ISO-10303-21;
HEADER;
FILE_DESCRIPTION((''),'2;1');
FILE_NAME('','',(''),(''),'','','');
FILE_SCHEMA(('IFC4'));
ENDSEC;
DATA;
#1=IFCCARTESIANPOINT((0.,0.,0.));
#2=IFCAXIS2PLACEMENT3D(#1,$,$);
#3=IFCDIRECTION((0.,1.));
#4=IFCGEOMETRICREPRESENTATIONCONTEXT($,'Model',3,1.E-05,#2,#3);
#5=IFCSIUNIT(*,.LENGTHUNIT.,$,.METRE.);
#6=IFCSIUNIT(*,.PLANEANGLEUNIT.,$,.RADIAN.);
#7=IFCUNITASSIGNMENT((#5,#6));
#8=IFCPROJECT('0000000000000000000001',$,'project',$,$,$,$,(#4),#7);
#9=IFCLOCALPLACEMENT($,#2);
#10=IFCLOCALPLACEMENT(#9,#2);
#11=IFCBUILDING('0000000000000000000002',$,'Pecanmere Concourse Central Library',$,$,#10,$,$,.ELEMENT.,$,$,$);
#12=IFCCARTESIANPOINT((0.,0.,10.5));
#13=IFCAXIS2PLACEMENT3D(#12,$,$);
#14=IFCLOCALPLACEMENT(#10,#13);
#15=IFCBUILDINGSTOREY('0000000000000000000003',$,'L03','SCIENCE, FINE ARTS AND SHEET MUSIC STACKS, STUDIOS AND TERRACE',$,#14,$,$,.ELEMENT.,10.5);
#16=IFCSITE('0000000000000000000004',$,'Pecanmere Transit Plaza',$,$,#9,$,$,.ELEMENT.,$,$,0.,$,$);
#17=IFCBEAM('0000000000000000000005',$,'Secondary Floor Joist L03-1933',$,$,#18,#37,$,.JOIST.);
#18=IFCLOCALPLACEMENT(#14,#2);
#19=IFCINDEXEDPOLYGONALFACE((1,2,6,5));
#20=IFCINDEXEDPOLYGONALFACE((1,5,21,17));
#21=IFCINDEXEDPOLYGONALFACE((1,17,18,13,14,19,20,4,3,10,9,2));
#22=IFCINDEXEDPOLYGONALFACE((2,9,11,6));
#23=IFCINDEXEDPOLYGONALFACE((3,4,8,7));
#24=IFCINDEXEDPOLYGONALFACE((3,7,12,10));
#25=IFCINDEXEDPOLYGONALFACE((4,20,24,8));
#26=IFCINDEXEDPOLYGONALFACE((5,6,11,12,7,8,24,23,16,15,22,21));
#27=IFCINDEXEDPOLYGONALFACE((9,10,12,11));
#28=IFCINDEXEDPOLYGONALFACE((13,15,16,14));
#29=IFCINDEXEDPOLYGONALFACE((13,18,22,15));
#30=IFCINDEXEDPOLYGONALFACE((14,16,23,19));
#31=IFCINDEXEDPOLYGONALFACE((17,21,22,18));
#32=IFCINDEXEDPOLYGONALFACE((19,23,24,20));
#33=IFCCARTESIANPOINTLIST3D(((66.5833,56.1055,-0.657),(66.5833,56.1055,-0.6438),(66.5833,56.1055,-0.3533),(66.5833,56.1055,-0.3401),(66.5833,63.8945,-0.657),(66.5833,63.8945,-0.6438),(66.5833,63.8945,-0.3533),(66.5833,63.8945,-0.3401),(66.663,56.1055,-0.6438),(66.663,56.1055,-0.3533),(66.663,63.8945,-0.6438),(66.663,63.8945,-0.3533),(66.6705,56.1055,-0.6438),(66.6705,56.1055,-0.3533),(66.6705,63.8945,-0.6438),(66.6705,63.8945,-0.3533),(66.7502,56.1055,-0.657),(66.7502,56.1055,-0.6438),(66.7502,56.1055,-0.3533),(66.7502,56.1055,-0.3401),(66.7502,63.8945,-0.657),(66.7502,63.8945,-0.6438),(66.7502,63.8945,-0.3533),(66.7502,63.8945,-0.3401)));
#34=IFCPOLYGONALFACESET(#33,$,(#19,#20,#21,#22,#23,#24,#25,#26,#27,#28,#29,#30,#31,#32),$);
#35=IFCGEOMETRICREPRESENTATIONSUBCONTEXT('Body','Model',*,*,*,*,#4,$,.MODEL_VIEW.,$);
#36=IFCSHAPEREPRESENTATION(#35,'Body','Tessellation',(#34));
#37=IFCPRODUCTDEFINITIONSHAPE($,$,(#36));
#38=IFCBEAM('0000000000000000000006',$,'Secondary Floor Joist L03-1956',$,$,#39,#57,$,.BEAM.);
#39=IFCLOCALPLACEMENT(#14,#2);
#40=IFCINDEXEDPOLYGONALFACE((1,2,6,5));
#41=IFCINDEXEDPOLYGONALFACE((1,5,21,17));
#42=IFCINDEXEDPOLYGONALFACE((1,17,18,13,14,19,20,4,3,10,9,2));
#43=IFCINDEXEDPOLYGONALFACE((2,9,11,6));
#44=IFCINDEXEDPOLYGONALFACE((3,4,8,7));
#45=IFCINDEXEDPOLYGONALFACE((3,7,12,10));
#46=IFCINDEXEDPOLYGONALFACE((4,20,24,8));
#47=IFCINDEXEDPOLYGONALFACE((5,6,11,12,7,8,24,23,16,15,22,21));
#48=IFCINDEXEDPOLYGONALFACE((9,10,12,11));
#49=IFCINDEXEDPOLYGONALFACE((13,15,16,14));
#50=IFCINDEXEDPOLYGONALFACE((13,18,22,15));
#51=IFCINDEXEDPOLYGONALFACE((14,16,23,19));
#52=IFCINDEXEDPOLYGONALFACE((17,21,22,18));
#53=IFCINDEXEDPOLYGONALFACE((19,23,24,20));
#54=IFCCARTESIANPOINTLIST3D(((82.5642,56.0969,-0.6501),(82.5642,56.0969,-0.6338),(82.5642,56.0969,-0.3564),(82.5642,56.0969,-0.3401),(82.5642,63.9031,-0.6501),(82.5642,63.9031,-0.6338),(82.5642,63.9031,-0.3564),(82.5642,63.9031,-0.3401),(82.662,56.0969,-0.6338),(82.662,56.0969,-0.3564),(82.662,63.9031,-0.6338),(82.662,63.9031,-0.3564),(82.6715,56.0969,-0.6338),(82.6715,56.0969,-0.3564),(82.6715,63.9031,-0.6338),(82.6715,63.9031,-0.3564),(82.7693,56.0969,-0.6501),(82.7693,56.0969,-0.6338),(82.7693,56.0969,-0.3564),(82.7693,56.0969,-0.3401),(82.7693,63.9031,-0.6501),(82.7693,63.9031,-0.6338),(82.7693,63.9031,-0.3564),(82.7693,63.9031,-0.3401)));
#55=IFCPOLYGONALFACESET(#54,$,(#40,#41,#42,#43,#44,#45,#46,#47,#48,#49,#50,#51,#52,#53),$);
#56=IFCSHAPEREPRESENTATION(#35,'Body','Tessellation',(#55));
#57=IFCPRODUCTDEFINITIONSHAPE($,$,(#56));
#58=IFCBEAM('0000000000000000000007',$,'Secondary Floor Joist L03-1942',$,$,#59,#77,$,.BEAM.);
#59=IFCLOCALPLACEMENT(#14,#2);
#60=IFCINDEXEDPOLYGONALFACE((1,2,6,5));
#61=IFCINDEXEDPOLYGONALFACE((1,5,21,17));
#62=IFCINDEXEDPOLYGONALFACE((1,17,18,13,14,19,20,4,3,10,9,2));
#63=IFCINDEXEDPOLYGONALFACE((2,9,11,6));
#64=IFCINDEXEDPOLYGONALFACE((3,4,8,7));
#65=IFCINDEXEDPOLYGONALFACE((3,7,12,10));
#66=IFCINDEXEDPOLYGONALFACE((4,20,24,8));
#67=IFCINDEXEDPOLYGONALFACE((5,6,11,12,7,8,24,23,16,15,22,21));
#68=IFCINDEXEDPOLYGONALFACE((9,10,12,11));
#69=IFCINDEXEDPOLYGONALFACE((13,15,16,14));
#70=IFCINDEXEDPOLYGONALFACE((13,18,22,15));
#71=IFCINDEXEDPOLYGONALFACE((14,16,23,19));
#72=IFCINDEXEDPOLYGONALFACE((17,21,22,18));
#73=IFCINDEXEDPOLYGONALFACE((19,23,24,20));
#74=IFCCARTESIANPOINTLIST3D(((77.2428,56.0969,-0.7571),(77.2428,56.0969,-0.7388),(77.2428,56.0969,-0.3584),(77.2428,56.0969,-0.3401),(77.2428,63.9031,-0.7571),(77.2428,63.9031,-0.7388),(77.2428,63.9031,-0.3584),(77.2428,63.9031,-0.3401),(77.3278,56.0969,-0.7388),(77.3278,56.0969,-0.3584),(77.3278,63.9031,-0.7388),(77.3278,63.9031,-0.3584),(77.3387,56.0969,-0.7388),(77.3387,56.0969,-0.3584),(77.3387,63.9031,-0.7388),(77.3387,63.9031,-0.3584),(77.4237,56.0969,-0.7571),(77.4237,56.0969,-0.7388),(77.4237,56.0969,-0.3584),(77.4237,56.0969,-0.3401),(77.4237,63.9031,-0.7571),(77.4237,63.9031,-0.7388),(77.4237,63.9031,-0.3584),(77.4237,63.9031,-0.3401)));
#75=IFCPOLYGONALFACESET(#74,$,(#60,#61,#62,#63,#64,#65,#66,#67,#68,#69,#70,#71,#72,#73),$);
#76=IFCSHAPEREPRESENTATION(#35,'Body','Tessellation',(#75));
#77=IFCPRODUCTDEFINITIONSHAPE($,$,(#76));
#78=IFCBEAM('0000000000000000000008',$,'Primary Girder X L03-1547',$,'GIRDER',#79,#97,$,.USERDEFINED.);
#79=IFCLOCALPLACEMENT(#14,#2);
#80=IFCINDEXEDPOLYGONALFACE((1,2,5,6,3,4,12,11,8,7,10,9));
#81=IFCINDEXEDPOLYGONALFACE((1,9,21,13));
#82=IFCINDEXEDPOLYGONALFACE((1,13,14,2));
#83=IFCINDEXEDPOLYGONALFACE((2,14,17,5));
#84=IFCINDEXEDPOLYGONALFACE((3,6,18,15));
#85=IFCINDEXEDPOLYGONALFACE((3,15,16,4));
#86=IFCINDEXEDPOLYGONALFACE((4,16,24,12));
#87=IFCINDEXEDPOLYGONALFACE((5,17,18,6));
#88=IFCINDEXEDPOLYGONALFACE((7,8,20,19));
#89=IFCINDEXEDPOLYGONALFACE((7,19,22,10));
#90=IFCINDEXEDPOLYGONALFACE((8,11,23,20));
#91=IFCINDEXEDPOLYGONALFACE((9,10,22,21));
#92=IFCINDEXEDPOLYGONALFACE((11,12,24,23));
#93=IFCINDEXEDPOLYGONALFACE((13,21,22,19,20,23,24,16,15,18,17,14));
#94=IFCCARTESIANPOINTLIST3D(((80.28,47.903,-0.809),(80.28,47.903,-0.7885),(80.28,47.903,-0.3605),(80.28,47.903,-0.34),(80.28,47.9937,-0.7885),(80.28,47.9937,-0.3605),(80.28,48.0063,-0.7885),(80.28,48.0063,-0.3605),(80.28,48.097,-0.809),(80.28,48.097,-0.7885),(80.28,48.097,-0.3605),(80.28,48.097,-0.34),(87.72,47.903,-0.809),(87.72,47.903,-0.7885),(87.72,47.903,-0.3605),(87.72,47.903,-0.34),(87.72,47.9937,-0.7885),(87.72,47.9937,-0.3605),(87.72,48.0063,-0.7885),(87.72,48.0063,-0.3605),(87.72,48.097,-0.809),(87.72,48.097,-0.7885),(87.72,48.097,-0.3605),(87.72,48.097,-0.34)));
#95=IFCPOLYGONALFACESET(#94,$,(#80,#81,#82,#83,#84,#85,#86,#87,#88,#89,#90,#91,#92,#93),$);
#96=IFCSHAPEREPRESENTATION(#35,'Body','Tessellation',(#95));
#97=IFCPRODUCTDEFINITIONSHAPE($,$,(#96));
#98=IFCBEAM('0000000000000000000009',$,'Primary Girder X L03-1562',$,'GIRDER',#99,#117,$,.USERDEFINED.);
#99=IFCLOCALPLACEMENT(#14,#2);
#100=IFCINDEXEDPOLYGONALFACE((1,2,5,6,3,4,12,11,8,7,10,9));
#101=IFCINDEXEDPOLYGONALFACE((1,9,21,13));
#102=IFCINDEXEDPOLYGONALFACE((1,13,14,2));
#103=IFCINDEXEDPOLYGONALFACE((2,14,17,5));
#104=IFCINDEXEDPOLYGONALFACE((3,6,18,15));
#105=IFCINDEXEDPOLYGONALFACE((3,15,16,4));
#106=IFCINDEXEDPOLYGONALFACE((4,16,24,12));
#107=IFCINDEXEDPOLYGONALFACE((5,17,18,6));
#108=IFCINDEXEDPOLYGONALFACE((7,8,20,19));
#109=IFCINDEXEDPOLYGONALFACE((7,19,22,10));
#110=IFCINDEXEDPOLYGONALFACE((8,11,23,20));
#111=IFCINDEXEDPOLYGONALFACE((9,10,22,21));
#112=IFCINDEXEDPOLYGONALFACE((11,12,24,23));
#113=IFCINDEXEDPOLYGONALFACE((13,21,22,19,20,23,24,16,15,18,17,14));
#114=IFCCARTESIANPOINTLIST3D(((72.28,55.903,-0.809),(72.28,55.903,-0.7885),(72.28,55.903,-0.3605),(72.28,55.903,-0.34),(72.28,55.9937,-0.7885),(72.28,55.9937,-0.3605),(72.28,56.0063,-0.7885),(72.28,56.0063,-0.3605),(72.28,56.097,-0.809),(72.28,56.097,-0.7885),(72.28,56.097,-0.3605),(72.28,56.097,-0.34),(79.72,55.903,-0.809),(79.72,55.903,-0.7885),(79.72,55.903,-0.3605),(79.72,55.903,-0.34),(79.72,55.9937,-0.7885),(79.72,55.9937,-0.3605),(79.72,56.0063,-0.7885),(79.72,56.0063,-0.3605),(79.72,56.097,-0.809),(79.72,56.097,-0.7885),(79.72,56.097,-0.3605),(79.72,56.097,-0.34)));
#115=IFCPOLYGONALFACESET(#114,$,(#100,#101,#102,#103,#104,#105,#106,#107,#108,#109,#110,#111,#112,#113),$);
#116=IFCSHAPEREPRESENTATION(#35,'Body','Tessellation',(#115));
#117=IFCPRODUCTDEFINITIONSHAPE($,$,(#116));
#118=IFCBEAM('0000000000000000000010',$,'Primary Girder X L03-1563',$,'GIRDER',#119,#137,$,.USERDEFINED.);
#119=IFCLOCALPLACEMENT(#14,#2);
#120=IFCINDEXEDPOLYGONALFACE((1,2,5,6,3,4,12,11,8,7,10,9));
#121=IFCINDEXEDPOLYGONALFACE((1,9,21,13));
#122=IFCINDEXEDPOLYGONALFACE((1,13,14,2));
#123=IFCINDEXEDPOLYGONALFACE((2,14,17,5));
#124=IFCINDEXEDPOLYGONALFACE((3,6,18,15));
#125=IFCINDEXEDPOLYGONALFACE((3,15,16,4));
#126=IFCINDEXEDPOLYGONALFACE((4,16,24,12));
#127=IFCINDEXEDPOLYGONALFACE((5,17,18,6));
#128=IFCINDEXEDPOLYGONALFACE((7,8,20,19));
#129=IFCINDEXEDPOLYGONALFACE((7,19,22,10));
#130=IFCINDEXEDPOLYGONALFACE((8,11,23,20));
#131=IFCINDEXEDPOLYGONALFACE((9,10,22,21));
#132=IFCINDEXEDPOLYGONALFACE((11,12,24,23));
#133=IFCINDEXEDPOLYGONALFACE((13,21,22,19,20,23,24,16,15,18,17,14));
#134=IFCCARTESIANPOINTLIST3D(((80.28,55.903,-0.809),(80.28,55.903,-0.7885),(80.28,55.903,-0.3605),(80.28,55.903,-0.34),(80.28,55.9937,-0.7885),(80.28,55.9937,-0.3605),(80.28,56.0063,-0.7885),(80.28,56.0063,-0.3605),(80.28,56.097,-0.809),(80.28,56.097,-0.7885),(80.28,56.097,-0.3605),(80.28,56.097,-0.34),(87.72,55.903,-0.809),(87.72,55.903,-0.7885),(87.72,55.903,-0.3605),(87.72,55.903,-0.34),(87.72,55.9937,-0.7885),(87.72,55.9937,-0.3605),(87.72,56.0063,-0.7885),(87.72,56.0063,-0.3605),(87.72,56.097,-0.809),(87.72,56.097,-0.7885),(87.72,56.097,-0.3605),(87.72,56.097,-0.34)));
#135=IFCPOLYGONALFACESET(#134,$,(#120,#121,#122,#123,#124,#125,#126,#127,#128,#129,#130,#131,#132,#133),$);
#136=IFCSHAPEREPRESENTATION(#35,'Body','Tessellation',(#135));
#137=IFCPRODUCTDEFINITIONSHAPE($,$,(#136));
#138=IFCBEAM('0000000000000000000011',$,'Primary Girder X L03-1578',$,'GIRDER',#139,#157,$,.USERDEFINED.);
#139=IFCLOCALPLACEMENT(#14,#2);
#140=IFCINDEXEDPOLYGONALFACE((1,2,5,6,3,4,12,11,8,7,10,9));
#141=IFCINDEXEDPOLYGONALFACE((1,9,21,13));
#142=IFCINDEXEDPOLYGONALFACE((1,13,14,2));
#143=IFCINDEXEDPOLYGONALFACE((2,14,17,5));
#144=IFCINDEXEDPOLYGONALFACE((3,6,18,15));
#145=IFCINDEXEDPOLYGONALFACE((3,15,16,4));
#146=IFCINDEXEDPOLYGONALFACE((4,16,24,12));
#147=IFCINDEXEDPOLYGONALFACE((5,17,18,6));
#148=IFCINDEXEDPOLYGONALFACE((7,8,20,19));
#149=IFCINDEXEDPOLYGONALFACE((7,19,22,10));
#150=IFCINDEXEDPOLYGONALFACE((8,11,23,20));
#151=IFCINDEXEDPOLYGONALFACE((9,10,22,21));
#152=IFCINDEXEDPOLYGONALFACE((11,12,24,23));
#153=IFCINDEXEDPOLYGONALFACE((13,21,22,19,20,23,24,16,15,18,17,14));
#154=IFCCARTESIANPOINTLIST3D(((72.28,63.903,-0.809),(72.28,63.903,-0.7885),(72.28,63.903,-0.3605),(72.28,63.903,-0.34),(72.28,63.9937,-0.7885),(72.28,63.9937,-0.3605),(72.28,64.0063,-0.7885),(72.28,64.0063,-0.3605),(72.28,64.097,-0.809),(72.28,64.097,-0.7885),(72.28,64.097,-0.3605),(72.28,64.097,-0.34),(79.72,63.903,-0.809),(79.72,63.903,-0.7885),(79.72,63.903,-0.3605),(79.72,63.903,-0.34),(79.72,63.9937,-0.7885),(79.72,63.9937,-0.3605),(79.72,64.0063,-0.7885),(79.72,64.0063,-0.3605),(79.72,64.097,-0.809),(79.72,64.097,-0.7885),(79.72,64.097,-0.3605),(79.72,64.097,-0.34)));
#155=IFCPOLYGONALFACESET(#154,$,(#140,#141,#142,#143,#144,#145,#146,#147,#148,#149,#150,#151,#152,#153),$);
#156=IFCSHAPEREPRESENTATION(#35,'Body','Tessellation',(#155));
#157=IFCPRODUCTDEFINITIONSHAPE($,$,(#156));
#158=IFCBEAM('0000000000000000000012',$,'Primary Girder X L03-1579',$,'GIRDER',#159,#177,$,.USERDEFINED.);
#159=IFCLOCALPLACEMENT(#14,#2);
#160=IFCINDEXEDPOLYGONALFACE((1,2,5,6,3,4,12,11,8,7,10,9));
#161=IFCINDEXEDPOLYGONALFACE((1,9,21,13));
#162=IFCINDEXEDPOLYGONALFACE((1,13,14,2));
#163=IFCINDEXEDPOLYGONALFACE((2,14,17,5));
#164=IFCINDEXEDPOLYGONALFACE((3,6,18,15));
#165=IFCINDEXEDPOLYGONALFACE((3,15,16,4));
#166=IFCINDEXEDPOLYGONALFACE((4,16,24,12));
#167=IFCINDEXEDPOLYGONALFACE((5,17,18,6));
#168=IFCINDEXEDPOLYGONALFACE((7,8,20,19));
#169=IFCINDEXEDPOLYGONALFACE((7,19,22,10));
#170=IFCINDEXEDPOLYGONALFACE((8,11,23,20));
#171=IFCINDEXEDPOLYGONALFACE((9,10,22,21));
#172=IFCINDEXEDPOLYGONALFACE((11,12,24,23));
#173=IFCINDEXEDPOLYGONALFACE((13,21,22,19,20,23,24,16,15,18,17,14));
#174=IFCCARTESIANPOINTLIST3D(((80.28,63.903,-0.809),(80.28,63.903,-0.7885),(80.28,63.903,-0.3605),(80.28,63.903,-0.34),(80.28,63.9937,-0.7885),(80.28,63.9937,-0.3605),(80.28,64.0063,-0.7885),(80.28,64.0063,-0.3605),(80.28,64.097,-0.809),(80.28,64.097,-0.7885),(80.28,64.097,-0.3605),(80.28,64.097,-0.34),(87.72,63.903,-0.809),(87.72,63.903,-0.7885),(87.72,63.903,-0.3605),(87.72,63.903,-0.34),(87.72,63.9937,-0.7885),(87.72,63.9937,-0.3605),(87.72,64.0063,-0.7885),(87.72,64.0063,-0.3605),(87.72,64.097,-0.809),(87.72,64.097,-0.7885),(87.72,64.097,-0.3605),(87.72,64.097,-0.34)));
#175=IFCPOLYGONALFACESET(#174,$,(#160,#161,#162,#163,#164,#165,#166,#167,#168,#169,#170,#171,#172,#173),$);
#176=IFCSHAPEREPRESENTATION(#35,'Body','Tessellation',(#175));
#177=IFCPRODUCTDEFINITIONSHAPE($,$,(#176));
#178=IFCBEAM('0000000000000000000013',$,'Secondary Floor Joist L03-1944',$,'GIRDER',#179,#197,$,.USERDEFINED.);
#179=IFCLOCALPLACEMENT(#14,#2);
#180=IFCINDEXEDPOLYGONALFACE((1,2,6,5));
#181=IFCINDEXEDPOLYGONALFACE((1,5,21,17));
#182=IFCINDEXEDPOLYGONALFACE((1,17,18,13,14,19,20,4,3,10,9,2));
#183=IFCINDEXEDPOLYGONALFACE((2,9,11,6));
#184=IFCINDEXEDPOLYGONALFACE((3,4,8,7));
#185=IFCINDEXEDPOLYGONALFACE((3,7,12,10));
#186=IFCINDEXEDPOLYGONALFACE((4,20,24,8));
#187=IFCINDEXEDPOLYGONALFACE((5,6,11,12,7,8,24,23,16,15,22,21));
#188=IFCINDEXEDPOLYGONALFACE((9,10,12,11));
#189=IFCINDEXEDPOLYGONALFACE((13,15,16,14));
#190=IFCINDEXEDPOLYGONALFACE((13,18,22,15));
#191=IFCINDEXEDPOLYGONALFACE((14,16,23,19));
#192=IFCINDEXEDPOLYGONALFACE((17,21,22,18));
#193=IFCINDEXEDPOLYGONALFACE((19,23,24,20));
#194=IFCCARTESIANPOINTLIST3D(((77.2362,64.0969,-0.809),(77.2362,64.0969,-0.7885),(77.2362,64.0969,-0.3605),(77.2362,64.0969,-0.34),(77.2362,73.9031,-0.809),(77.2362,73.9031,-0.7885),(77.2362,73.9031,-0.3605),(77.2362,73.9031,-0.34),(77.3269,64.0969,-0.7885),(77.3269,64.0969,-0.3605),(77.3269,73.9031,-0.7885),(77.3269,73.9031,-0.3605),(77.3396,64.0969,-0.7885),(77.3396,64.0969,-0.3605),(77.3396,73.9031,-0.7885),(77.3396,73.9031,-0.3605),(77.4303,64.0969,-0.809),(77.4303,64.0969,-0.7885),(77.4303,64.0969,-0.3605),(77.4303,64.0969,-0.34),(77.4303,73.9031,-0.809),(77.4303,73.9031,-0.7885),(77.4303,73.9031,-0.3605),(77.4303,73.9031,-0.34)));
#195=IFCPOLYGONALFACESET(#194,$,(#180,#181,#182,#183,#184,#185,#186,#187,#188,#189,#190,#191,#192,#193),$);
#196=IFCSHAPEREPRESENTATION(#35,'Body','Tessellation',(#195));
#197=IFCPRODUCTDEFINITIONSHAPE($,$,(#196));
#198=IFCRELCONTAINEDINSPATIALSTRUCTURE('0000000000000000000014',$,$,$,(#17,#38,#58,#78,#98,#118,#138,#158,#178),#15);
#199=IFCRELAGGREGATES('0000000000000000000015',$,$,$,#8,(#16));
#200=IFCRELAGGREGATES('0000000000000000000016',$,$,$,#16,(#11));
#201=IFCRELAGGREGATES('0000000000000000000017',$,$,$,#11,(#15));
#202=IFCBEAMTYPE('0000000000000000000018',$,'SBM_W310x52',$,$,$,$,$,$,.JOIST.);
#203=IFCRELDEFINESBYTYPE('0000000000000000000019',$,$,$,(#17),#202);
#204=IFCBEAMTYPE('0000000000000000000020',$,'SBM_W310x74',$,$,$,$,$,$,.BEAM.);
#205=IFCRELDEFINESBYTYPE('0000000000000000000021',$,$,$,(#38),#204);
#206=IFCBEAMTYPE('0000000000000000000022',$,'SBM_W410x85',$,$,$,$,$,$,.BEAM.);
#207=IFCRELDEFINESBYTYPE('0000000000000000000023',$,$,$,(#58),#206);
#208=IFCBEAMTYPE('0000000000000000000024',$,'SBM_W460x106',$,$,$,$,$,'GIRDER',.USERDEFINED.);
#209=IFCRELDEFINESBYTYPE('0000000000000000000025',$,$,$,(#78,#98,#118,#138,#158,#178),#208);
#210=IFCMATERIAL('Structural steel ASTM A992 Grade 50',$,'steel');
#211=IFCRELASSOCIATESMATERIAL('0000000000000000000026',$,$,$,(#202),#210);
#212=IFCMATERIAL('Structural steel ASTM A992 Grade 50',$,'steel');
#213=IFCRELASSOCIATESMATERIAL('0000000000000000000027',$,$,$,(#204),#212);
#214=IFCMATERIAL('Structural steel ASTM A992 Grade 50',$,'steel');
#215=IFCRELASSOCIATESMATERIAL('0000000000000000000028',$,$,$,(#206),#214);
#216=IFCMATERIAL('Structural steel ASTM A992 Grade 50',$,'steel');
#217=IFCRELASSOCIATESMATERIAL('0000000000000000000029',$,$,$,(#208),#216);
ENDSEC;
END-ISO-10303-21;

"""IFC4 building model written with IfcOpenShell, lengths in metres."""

from ifc_helpers import new_model, si_unit, direction, frame, origin, origin_2d, place, context, subcontext, project, spatial, i_section, extrude, material, material_profile, profile_set, type_object, element, save


model = new_model("IFC4")

# Units and contexts
model_context = context("Model", 3, precision=1e-05, world=origin(), true_north=direction((0.0, 1.0)))
body_context = subcontext(model_context, "Body", "Model", "MODEL_VIEW")
ifc_project = project(units=[si_unit("LENGTHUNIT", "METRE"), si_unit("PLANEANGLEUNIT", "RADIAN")], contexts=[model_context])

# Site, building, storey
site_placement = place(None, origin())
site = spatial("IfcSite", under=ifc_project, at=site_placement, Name="Pecanmere Transit Plaza", CompositionType="ELEMENT", RefElevation=0.0)
building_placement = place(site_placement, origin())
building = spatial("IfcBuilding", under=site, at=building_placement, Name="Pecanmere Concourse Central Library", CompositionType="ELEMENT")
storey_placement = place(building_placement, frame((0.0, 0.0, 10.5)))
storey = spatial("IfcBuildingStorey", under=building, at=storey_placement, Name="L03", Description="SCIENCE, FINE ARTS AND SHEET MUSIC STACKS, STUDIOS AND TERRACE", CompositionType="ELEMENT", Elevation=10.5)

# Beams
ifc_material_1 = material(Name="Structural steel ASTM A992 Grade 50", Category="steel")
ifc_material_profile_1 = material_profile(ifc_material_1, i_section(OverallWidth=0.167, OverallDepth=0.3169, WebThickness=0.0076, FlangeThickness=0.0132, at=origin_2d()), Name="W310x52")
ifc_profile_set_1 = profile_set([ifc_material_profile_1], Name="Structural steel ASTM A992 Grade 50")
beam_type_1 = type_object("IfcBeamType", Name="SBM_W310x52", PredefinedType="JOIST", material=ifc_profile_set_1)
beam_1_placement = place(storey_placement, frame((66.6667, 56.1055, -0.4985), z_axis=(0.0, 1.0, 0.0), x_axis=(-1.0, 0.0, 0.0)))
element("IfcBeam", 1, at=beam_1_placement, inside=storey, type_object=beam_type_1, Name="Secondary Floor Joist L03-1933", PredefinedType="JOIST", context=body_context, shape_type="SweptSolid", body=[
    extrude(i_section(OverallWidth=0.167, OverallDepth=0.3169, WebThickness=0.0076, FlangeThickness=0.0132, at=origin_2d()), origin(), (0.0, 0.0, 1.0), 7.7891),
])
ifc_material_2 = material(Name="Structural steel ASTM A992 Grade 50", Category="steel")
ifc_material_profile_2 = material_profile(ifc_material_2, i_section(OverallWidth=0.2051, OverallDepth=0.3101, WebThickness=0.0095, FlangeThickness=0.0164, at=origin_2d()), Name="W310x74")
ifc_profile_set_2 = profile_set([ifc_material_profile_2], Name="Structural steel ASTM A992 Grade 50")
beam_type_2 = type_object("IfcBeamType", Name="SBM_W310x74", PredefinedType="BEAM", material=ifc_profile_set_2)
beam_2_placement = place(storey_placement, frame((82.6667, 56.0969, -0.4951), z_axis=(0.0, 1.0, 0.0), x_axis=(-1.0, 0.0, 0.0)))
element("IfcBeam", 2, at=beam_2_placement, inside=storey, type_object=beam_type_2, Name="Secondary Floor Joist L03-1956", PredefinedType="BEAM", context=body_context, shape_type="SweptSolid", body=[
    extrude(i_section(OverallWidth=0.2051, OverallDepth=0.3101, WebThickness=0.0095, FlangeThickness=0.0164, at=origin_2d()), origin(), (0.0, 0.0, 1.0), 7.8062),
])
ifc_material_3 = material(Name="Structural steel ASTM A992 Grade 50", Category="steel")
ifc_material_profile_3 = material_profile(ifc_material_3, i_section(OverallWidth=0.1809, OverallDepth=0.417, WebThickness=0.011, FlangeThickness=0.0183, at=origin_2d()), Name="W410x85")
ifc_profile_set_3 = profile_set([ifc_material_profile_3], Name="Structural steel ASTM A992 Grade 50")
beam_type_3 = type_object("IfcBeamType", Name="SBM_W410x85", PredefinedType="BEAM", material=ifc_profile_set_3)
beam_3_placement = place(storey_placement, frame((77.3333, 56.0969, -0.5486), z_axis=(0.0, 1.0, 0.0), x_axis=(-1.0, 0.0, 0.0)))
element("IfcBeam", 3, at=beam_3_placement, inside=storey, type_object=beam_type_3, Name="Secondary Floor Joist L03-1942", PredefinedType="BEAM", context=body_context, shape_type="SweptSolid", body=[
    extrude(i_section(OverallWidth=0.1809, OverallDepth=0.417, WebThickness=0.011, FlangeThickness=0.0183, at=origin_2d()), origin(), (0.0, 0.0, 1.0), 7.8062),
])
ifc_material_4 = material(Name="Structural steel ASTM A992 Grade 50", Category="steel")
ifc_material_profile_4 = material_profile(ifc_material_4, i_section(OverallWidth=0.1941, OverallDepth=0.469, WebThickness=0.0127, FlangeThickness=0.0205, at=origin_2d()), Name="W460x106")
ifc_profile_set_4 = profile_set([ifc_material_profile_4], Name="Structural steel ASTM A992 Grade 50")
beam_type_4 = type_object("IfcBeamType", Name="SBM_W460x106", ElementType="GIRDER", PredefinedType="USERDEFINED", material=ifc_profile_set_4)
for number, where, z_axis, x_axis, name in (
    (4, (80.28, 48.0, -0.5745), (1.0, 0.0, 0.0), (0.0, 1.0, 0.0), "Primary Girder X L03-1547"),
    (5, (72.28, 56.0, -0.5745), (1.0, 0.0, 0.0), (0.0, 1.0, 0.0), "Primary Girder X L03-1562"),
    (6, (80.28, 56.0, -0.5745), (1.0, 0.0, 0.0), (0.0, 1.0, 0.0), "Primary Girder X L03-1563"),
    (7, (72.28, 64.0, -0.5745), (1.0, 0.0, 0.0), (0.0, 1.0, 0.0), "Primary Girder X L03-1578"),
    (8, (80.28, 64.0, -0.5745), (1.0, 0.0, 0.0), (0.0, 1.0, 0.0), "Primary Girder X L03-1579"),
):
    element("IfcBeam", number, at=place(storey_placement, frame(where, z_axis=z_axis, x_axis=x_axis)), inside=storey, type_object=beam_type_4, Name=name, ObjectType="GIRDER", PredefinedType="USERDEFINED", context=body_context, shape_type="SweptSolid", body=[
        extrude(i_section(OverallWidth=0.1941, OverallDepth=0.469, WebThickness=0.0127, FlangeThickness=0.0205, at=origin_2d()), origin(), (0.0, 0.0, 1.0), 7.4399),
    ])
beam_4_placement = place(storey_placement, frame((77.3333, 64.0969, -0.5745), z_axis=(0.0, 1.0, 0.0), x_axis=(-1.0, 0.0, 0.0)))
element("IfcBeam", 9, at=beam_4_placement, inside=storey, type_object=beam_type_4, Name="Secondary Floor Joist L03-1944", ObjectType="GIRDER", PredefinedType="USERDEFINED", context=body_context, shape_type="SweptSolid", body=[
    extrude(i_section(OverallWidth=0.1941, OverallDepth=0.469, WebThickness=0.0127, FlangeThickness=0.0205, at=origin_2d()), origin(), (0.0, 0.0, 1.0), 9.8062),
])

save(model, "model.ifc")
